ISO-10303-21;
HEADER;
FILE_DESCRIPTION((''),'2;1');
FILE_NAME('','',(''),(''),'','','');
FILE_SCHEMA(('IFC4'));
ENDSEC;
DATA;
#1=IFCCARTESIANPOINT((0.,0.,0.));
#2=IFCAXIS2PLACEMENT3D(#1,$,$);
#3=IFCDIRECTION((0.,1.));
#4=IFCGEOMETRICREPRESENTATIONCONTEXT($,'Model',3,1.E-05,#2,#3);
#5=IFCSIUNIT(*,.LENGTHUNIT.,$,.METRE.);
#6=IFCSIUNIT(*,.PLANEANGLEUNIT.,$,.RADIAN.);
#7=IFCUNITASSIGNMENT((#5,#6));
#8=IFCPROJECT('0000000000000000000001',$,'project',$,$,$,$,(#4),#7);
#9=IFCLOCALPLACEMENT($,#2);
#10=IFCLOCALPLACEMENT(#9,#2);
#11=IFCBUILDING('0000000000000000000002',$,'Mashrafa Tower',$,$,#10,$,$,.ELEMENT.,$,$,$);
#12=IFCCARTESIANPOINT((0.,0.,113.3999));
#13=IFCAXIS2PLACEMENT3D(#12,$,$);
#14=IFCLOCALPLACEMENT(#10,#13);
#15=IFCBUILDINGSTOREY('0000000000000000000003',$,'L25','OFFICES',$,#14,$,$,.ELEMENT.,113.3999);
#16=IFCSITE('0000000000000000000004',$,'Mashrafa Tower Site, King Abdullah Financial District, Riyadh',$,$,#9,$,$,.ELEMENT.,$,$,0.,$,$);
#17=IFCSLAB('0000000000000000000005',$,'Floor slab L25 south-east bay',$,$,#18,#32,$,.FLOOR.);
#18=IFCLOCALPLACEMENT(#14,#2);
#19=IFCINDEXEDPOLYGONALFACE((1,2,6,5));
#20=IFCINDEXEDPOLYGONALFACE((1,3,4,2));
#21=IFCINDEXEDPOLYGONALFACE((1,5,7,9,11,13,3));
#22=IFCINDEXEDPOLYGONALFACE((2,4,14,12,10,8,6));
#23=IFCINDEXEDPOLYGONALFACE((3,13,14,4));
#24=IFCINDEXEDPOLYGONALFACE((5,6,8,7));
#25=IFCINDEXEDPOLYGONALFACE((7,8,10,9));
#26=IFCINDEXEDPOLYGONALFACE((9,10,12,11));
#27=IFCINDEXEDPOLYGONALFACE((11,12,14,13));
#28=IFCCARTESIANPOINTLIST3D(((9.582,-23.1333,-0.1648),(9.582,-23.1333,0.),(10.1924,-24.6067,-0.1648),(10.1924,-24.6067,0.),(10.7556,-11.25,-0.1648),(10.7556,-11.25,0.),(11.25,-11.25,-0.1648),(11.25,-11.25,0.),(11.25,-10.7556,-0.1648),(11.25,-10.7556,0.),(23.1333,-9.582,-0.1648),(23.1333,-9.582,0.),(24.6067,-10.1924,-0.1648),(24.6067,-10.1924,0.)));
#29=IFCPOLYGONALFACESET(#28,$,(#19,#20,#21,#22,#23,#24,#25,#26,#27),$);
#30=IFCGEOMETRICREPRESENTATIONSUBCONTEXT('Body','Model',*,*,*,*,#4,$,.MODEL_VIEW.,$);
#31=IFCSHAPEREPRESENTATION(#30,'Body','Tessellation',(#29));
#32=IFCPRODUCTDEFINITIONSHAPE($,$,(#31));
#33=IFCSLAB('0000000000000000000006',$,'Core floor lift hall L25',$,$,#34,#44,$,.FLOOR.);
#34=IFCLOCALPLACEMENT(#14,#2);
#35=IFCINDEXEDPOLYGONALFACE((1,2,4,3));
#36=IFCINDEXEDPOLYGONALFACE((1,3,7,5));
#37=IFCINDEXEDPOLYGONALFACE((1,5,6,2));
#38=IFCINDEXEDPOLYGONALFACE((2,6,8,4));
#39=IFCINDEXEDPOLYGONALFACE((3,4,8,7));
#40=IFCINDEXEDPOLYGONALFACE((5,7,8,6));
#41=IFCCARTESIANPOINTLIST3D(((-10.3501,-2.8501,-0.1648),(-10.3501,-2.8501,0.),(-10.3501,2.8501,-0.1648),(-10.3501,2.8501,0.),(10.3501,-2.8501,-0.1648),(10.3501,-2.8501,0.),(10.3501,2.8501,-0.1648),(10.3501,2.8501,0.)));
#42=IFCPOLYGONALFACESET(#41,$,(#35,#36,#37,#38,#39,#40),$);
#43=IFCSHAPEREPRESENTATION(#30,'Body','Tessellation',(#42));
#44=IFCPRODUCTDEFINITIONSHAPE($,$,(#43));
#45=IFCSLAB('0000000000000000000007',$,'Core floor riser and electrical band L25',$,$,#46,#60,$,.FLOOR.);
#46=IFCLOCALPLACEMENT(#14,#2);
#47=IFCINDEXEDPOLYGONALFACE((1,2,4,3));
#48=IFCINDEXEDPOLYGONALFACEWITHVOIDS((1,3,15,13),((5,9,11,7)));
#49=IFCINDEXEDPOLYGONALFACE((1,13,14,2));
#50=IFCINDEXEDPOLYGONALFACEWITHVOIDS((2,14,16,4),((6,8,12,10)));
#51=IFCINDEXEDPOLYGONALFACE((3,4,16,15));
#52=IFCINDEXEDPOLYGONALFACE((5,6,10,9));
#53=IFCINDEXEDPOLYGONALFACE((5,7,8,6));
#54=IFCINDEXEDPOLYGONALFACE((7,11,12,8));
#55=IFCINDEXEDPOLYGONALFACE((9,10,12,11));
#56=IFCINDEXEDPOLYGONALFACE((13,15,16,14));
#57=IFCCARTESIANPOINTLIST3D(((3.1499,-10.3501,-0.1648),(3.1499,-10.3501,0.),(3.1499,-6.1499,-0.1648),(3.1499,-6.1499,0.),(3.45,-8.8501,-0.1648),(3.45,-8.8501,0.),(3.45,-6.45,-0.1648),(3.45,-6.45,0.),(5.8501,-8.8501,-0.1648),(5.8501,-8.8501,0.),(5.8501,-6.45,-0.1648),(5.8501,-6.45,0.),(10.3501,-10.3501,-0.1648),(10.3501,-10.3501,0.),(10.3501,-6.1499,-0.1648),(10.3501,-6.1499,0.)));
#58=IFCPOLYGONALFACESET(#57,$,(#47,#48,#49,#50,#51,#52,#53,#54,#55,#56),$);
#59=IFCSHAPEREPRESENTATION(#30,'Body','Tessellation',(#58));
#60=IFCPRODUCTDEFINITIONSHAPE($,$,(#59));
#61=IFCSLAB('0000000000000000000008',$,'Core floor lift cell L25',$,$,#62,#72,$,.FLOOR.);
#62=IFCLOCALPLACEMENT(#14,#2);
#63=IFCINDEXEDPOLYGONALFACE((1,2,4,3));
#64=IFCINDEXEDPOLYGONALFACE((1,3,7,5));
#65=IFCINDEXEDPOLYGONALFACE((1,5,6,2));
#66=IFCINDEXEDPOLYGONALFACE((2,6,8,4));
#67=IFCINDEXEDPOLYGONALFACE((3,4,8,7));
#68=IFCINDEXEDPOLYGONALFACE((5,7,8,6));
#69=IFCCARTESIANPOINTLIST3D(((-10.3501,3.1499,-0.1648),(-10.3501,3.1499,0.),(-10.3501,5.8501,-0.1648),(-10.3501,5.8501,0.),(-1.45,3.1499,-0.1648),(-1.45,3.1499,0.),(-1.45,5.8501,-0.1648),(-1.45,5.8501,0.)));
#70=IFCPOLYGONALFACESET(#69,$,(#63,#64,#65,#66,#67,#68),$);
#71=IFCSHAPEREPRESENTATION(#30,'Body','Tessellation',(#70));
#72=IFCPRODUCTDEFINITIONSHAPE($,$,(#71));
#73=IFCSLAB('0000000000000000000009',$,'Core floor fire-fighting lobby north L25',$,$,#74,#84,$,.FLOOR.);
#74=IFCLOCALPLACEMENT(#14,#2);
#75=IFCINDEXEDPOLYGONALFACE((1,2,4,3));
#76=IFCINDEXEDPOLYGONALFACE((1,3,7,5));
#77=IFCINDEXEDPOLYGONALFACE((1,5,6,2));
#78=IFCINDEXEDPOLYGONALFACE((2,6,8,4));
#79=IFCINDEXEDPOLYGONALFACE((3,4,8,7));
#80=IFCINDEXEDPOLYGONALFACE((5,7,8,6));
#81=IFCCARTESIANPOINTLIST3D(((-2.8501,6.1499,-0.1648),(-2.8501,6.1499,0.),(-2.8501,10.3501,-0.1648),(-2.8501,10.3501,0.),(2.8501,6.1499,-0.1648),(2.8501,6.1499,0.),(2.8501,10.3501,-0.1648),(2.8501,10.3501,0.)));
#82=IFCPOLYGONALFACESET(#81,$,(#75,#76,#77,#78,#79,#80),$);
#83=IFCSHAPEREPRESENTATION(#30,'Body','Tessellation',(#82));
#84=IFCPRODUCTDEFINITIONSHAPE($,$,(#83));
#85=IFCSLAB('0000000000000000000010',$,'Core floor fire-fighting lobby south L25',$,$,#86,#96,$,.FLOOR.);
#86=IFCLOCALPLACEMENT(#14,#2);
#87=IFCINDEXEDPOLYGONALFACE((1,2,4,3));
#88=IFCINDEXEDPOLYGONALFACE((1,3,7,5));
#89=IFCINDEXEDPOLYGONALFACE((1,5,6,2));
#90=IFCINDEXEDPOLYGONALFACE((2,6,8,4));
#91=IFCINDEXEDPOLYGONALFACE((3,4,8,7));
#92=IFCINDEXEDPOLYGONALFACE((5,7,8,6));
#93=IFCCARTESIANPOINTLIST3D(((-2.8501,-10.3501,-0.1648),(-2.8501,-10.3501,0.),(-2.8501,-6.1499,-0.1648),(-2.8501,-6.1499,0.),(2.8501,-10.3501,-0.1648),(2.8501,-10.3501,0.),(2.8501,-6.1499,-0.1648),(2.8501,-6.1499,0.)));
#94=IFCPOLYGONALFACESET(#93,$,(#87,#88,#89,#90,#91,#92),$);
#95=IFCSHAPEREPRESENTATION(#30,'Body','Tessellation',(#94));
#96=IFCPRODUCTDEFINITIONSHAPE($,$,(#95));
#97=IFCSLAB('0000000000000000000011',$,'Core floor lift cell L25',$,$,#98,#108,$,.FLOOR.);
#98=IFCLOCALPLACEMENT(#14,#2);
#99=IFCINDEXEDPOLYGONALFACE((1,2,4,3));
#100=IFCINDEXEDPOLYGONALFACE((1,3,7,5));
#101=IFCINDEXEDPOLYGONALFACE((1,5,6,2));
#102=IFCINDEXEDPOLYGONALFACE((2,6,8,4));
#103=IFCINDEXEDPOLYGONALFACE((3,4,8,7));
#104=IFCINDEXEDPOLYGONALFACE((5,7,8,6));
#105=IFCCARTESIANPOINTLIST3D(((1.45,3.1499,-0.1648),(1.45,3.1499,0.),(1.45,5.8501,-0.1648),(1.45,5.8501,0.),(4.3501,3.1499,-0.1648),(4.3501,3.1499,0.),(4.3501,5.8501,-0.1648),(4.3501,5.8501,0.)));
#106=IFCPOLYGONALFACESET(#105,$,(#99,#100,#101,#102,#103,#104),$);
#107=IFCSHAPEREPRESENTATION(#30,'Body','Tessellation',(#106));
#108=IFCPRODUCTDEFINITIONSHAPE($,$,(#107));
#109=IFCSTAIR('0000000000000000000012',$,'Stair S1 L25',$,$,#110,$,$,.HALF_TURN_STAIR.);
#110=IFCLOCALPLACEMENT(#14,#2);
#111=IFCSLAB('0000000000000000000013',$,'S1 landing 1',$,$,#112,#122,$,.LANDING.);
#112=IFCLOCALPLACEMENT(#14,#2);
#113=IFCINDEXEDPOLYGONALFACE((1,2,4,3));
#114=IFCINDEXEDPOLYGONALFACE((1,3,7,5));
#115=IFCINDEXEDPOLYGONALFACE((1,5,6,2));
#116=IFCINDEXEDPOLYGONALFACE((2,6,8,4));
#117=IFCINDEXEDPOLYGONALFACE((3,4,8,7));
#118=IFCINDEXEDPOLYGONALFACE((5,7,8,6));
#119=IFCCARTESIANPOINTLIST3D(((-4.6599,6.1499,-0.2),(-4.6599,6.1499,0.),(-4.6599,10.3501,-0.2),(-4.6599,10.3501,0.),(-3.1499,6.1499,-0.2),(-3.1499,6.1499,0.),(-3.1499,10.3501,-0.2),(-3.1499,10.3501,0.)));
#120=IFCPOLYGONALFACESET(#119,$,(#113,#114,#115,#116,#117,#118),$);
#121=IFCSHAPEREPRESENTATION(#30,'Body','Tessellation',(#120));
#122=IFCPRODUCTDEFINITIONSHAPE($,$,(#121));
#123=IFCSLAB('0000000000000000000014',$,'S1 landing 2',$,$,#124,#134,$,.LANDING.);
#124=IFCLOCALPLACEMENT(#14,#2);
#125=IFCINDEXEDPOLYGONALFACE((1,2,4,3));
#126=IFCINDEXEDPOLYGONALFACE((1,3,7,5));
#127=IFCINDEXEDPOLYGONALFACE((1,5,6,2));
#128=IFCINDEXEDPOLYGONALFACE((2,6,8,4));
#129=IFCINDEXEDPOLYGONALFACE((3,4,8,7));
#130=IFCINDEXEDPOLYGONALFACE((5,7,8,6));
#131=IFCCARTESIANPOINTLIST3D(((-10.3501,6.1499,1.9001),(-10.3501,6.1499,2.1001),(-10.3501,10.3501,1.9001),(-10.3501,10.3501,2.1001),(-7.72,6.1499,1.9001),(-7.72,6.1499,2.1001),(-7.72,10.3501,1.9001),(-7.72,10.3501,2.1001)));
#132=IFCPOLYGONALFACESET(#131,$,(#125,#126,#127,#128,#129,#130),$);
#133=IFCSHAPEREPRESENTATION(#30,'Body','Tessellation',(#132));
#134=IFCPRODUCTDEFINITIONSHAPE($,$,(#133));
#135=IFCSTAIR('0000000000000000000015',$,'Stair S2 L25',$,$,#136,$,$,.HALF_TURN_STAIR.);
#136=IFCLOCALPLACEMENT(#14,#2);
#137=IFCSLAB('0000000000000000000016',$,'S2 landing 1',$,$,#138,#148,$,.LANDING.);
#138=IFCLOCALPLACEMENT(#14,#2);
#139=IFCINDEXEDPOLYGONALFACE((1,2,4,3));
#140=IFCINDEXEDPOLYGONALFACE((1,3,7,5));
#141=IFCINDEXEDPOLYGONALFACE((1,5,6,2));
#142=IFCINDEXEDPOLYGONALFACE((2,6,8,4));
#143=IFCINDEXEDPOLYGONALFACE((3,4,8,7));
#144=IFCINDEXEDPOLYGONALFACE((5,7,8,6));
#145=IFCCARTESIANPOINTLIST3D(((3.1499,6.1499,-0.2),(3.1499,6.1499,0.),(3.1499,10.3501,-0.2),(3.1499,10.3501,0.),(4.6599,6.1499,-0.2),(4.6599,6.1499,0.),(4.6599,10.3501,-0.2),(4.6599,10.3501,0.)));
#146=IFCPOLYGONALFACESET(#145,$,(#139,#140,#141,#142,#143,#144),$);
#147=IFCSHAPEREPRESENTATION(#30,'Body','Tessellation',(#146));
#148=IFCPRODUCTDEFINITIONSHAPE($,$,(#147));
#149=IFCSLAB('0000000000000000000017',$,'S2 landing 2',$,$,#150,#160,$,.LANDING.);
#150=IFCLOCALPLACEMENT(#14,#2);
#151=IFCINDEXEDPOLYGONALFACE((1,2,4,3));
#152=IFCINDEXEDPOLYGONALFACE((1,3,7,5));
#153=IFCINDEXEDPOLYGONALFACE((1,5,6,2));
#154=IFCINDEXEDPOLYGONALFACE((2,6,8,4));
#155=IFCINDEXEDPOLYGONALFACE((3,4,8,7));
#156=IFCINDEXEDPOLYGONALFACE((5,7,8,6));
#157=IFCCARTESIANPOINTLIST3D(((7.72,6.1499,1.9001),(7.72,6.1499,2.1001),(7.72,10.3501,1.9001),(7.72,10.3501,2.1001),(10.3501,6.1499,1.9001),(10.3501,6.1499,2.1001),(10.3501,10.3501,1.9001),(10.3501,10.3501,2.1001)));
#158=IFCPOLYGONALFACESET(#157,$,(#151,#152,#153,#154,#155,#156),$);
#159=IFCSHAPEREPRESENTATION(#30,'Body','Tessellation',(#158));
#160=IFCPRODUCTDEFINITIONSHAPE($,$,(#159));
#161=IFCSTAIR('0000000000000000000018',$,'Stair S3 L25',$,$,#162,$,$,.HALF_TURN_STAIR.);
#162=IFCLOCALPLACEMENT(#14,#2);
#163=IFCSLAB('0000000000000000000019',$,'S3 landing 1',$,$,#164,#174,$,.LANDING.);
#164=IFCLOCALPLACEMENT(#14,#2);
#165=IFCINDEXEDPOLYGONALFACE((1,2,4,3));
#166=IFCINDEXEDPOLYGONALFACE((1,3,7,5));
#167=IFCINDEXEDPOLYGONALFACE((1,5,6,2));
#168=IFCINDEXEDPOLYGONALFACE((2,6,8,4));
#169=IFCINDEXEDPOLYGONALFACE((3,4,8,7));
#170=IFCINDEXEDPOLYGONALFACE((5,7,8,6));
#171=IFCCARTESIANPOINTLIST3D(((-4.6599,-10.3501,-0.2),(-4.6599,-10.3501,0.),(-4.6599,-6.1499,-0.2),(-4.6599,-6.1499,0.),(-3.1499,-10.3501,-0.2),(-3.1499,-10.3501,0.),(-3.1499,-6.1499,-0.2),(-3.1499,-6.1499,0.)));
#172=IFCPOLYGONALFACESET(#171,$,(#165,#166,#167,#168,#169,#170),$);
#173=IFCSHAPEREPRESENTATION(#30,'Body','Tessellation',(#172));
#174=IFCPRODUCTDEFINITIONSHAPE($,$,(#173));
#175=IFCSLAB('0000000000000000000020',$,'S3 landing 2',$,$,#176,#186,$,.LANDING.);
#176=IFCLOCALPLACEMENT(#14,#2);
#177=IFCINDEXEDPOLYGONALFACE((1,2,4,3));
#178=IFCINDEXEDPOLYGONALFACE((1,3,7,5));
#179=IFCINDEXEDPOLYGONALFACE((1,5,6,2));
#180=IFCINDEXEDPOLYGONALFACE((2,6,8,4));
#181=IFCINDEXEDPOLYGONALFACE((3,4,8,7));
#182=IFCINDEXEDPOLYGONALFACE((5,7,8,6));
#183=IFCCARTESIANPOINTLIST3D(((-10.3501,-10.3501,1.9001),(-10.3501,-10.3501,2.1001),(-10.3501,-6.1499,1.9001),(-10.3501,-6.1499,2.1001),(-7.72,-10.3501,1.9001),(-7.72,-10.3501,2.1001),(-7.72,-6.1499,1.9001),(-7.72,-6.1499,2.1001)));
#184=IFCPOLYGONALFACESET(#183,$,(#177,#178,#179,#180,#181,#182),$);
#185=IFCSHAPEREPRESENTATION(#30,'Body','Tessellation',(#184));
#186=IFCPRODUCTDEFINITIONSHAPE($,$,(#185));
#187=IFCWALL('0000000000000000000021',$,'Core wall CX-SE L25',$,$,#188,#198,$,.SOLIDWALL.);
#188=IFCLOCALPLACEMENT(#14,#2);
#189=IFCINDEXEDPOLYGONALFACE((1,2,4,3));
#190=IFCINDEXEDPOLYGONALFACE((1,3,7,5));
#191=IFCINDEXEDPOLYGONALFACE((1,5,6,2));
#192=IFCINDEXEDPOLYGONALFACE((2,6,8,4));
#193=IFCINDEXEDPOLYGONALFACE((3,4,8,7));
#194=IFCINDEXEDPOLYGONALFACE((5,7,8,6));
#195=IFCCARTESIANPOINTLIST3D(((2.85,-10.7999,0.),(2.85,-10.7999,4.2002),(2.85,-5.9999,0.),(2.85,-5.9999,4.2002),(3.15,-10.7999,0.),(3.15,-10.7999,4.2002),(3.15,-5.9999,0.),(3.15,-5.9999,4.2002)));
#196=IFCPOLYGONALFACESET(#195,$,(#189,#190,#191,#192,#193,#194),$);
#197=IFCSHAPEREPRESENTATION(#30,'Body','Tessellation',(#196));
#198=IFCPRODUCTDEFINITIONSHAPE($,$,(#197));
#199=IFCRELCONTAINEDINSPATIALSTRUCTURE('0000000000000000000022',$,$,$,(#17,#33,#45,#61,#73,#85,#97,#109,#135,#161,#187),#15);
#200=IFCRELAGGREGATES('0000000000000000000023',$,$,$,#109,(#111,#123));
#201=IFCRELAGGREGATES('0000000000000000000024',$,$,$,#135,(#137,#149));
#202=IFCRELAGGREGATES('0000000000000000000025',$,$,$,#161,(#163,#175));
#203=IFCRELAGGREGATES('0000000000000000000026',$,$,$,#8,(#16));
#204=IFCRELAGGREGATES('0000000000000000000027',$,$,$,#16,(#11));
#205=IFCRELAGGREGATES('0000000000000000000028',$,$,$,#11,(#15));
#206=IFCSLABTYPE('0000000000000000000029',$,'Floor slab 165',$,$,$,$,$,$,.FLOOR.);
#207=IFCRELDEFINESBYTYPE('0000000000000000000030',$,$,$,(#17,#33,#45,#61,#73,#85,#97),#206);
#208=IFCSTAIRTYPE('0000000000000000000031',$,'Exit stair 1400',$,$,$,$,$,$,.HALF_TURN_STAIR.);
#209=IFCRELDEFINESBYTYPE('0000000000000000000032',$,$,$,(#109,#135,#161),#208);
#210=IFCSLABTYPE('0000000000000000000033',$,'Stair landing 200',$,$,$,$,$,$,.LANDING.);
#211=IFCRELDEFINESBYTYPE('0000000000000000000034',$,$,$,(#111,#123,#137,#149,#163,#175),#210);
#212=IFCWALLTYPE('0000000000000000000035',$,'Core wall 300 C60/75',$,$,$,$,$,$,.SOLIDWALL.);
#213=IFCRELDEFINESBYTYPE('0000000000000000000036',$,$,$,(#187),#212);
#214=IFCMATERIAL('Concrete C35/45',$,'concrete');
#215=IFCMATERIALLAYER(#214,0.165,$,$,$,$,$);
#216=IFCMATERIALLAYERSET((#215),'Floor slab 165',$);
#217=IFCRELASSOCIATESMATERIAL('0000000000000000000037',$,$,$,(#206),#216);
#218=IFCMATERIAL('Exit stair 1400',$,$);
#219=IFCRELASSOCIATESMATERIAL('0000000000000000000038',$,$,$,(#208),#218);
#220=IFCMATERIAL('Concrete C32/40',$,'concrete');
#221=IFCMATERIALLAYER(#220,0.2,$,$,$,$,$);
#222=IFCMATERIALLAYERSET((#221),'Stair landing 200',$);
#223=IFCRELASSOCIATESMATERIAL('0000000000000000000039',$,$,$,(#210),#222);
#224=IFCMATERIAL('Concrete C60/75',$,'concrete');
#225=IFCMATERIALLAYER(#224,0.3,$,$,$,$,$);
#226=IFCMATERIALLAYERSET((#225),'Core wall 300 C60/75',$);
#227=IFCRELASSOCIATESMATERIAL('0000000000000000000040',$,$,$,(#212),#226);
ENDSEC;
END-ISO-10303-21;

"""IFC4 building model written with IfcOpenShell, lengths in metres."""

from ifc_helpers import new_model, si_unit, direction, frame, frame_2d, origin, place, context, subcontext, project, spatial, polyline, rectangle, outline, extrude, material, layer, layer_set, type_object, element, aggregate, save


model = new_model("IFC4")

# Units and contexts
model_context = context("Model", 3, precision=1e-05, world=origin(), true_north=direction((0.0, 1.0)))
body_context = subcontext(model_context, "Body", "Model", "MODEL_VIEW")
ifc_project = project(units=[si_unit("LENGTHUNIT", "METRE"), si_unit("PLANEANGLEUNIT", "RADIAN")], contexts=[model_context])

# Site, building, storey
site_placement = place(None, origin())
site = spatial("IfcSite", under=ifc_project, at=site_placement, Name="Mashrafa Tower Site, King Abdullah Financial District, Riyadh", CompositionType="ELEMENT", RefElevation=0.0)
building_placement = place(site_placement, origin())
building = spatial("IfcBuilding", under=site, at=building_placement, Name="Mashrafa Tower", CompositionType="ELEMENT")
storey_placement = place(building_placement, frame((0.0, 0.0, 113.3999)))
storey = spatial("IfcBuildingStorey", under=building, at=storey_placement, Name="L25", Description="OFFICES", CompositionType="ELEMENT", Elevation=113.3999)

# Slabs
ifc_material_1 = material(Name="Concrete C35/45", Category="concrete")
ifc_layer_1 = layer(ifc_material_1, 0.165)
ifc_layer_set_1 = layer_set([ifc_layer_1], Name="Floor slab 165")
slab_type_1 = type_object("IfcSlabType", Name="Floor slab 165", PredefinedType="FLOOR", material=ifc_layer_set_1)
slab_1_placement = place(storey_placement, frame((0.0, 0.0, -0.1648)))
element("IfcSlab", 1, at=slab_1_placement, inside=storey, type_object=slab_type_1, Name="Floor slab L25 south-east bay", PredefinedType="FLOOR", context=body_context, shape_type="SweptSolid", body=[
    extrude(outline(polyline([(10.1924, -24.6067), (9.582, -23.1333), (10.7556, -11.25), (11.25, -11.25), (11.25, -10.7556), (23.1333, -9.582), (24.6067, -10.1924), (24.6067, -10.1924), (10.1924, -24.6067), (10.1924, -24.6067)])), origin(), (0.0, 0.0, 1.0), 0.1648),
])
slab_2_placement = place(storey_placement, frame((0.0, 0.0, -0.1648)))
element("IfcSlab", 2, at=slab_2_placement, inside=storey, type_object=slab_type_1, Name="Core floor lift hall L25", PredefinedType="FLOOR", context=body_context, shape_type="SweptSolid", body=[
    extrude(outline(polyline([(-10.3501, 2.8501), (10.3501, 2.8501), (10.3501, -2.8501), (-10.3501, -2.8501), (-10.3501, 2.8501)])), origin(), (0.0, 0.0, 1.0), 0.1648),
])
slab_3_placement = place(storey_placement, frame((0.0, 0.0, -0.1648)))
element("IfcSlab", 3, at=slab_3_placement, inside=storey, type_object=slab_type_1, Name="Core floor riser and electrical band L25", PredefinedType="FLOOR", context=body_context, shape_type="SweptSolid", body=[
    extrude(outline(polyline([(10.3501, -6.1499), (10.3501, -10.3501), (3.1499, -10.3501), (3.1499, -6.1499), (10.3501, -6.1499)]), holes=[polyline([(3.45, -8.8501), (5.8501, -8.8501), (5.8501, -6.45), (3.45, -6.45), (3.45, -8.8501)])]), origin(), (0.0, 0.0, 1.0), 0.1648),
])
slab_4_placement = place(storey_placement, frame((0.0, 0.0, -0.1648)))
element("IfcSlab", 4, at=slab_4_placement, inside=storey, type_object=slab_type_1, Name="Core floor lift cell L25", PredefinedType="FLOOR", context=body_context, shape_type="SweptSolid", body=[
    extrude(outline(polyline([(-1.45, 3.1499), (-10.3501, 3.1499), (-10.3501, 5.8501), (-1.45, 5.8501), (-1.45, 3.1499)])), origin(), (0.0, 0.0, 1.0), 0.1648),
])
slab_5_placement = place(storey_placement, frame((0.0, 0.0, -0.1648)))
element("IfcSlab", 5, at=slab_5_placement, inside=storey, type_object=slab_type_1, Name="Core floor fire-fighting lobby north L25", PredefinedType="FLOOR", context=body_context, shape_type="SweptSolid", body=[
    extrude(outline(polyline([(-2.8501, 10.3501), (2.8501, 10.3501), (2.8501, 6.1499), (-2.8501, 6.1499), (-2.8501, 10.3501)])), origin(), (0.0, 0.0, 1.0), 0.1648),
])
slab_6_placement = place(storey_placement, frame((0.0, 0.0, -0.1648)))
element("IfcSlab", 6, at=slab_6_placement, inside=storey, type_object=slab_type_1, Name="Core floor fire-fighting lobby south L25", PredefinedType="FLOOR", context=body_context, shape_type="SweptSolid", body=[
    extrude(outline(polyline([(2.8501, -6.1499), (2.8501, -10.3501), (-2.8501, -10.3501), (-2.8501, -6.1499), (2.8501, -6.1499)])), origin(), (0.0, 0.0, 1.0), 0.1648),
])
slab_7_placement = place(storey_placement, frame((0.0, 0.0, -0.1648)))
element("IfcSlab", 7, at=slab_7_placement, inside=storey, type_object=slab_type_1, Name="Core floor lift cell L25", PredefinedType="FLOOR", context=body_context, shape_type="SweptSolid", body=[
    extrude(outline(polyline([(4.3501, 5.8501), (4.3501, 3.1499), (1.45, 3.1499), (1.45, 5.8501), (4.3501, 5.8501)])), origin(), (0.0, 0.0, 1.0), 0.1648),
])

# Stairs, slabs
ifc_material_2 = material(Name="Exit stair 1400")
stair_type = type_object("IfcStairType", Name="Exit stair 1400", PredefinedType="HALF_TURN_STAIR", material=ifc_material_2)
stair_1_placement = place(storey_placement, origin())
stair_1 = element("IfcStair", 8, at=stair_1_placement, inside=storey, type_object=stair_type, Name="Stair S1 L25", PredefinedType="HALF_TURN_STAIR")
ifc_material_3 = material(Name="Concrete C32/40", Category="concrete")
ifc_layer_2 = layer(ifc_material_3, 0.2)
ifc_layer_set_2 = layer_set([ifc_layer_2], Name="Stair landing 200")
slab_type_2 = type_object("IfcSlabType", Name="Stair landing 200", PredefinedType="LANDING", material=ifc_layer_set_2)
slab_8_placement = place(storey_placement, frame((0.0, 0.0, -0.2)))
slab_8 = element("IfcSlab", 9, at=slab_8_placement, type_object=slab_type_2, Name="S1 landing 1", PredefinedType="LANDING", context=body_context, shape_type="SweptSolid", body=[
    extrude(outline(polyline([(-4.6599, 6.1499), (-3.1499, 6.1499), (-3.1499, 10.3501), (-4.6599, 10.3501), (-4.6599, 6.1499)])), origin(), (0.0, 0.0, 1.0), 0.2),
])
slab_9_placement = place(storey_placement, frame((0.0, 0.0, 1.9001)))
slab_9 = element("IfcSlab", 10, at=slab_9_placement, type_object=slab_type_2, Name="S1 landing 2", PredefinedType="LANDING", context=body_context, shape_type="SweptSolid", body=[
    extrude(outline(polyline([(-10.3501, 6.1499), (-7.72, 6.1499), (-7.72, 10.3501), (-10.3501, 10.3501), (-10.3501, 6.1499)])), origin(), (0.0, 0.0, 1.0), 0.2),
])
aggregate(stair_1, [slab_8, slab_9])
stair_2_placement = place(storey_placement, origin())
stair_2 = element("IfcStair", 11, at=stair_2_placement, inside=storey, type_object=stair_type, Name="Stair S2 L25", PredefinedType="HALF_TURN_STAIR")
slab_10_placement = place(storey_placement, frame((0.0, 0.0, -0.2)))
slab_10 = element("IfcSlab", 12, at=slab_10_placement, type_object=slab_type_2, Name="S2 landing 1", PredefinedType="LANDING", context=body_context, shape_type="SweptSolid", body=[
    extrude(outline(polyline([(3.1499, 6.1499), (4.6599, 6.1499), (4.6599, 10.3501), (3.1499, 10.3501), (3.1499, 6.1499)])), origin(), (0.0, 0.0, 1.0), 0.2),
])
slab_11_placement = place(storey_placement, frame((0.0, 0.0, 1.9001)))
slab_11 = element("IfcSlab", 13, at=slab_11_placement, type_object=slab_type_2, Name="S2 landing 2", PredefinedType="LANDING", context=body_context, shape_type="SweptSolid", body=[
    extrude(outline(polyline([(7.72, 6.1499), (10.3501, 6.1499), (10.3501, 10.3501), (7.72, 10.3501), (7.72, 6.1499)])), origin(), (0.0, 0.0, 1.0), 0.2),
])
aggregate(stair_2, [slab_10, slab_11])
stair_3_placement = place(storey_placement, origin())
stair_3 = element("IfcStair", 14, at=stair_3_placement, inside=storey, type_object=stair_type, Name="Stair S3 L25", PredefinedType="HALF_TURN_STAIR")
slab_12_placement = place(storey_placement, frame((0.0, 0.0, -0.2)))
slab_12 = element("IfcSlab", 15, at=slab_12_placement, type_object=slab_type_2, Name="S3 landing 1", PredefinedType="LANDING", context=body_context, shape_type="SweptSolid", body=[
    extrude(outline(polyline([(-4.6599, -10.3501), (-3.1499, -10.3501), (-3.1499, -6.1499), (-4.6599, -6.1499), (-4.6599, -10.3501)])), origin(), (0.0, 0.0, 1.0), 0.2),
])
slab_13_placement = place(storey_placement, frame((0.0, 0.0, 1.9001)))
slab_13 = element("IfcSlab", 16, at=slab_13_placement, type_object=slab_type_2, Name="S3 landing 2", PredefinedType="LANDING", context=body_context, shape_type="SweptSolid", body=[
    extrude(outline(polyline([(-10.3501, -10.3501), (-7.72, -10.3501), (-7.72, -6.1499), (-10.3501, -6.1499), (-10.3501, -10.3501)])), origin(), (0.0, 0.0, 1.0), 0.2),
])
aggregate(stair_3, [slab_12, slab_13])

# Wall
ifc_material_4 = material(Name="Concrete C60/75", Category="concrete")
ifc_layer_3 = layer(ifc_material_4, 0.3)
ifc_layer_set_3 = layer_set([ifc_layer_3], Name="Core wall 300 C60/75")
wall_type_1 = type_object("IfcWallType", Name="Core wall 300 C60/75", PredefinedType="SOLIDWALL", material=ifc_layer_set_3)
wall_placement = place(storey_placement, frame((3.0, -6.0, 0.0), z_axis=(0.0, 0.0, 1.0), x_axis=(0.0, -1.0, 0.0)))
element("IfcWall", 17, at=wall_placement, inside=storey, type_object=wall_type_1, Name="Core wall CX-SE L25", PredefinedType="SOLIDWALL", context=body_context, shape_type="SweptSolid", body=[
    extrude(rectangle(XDim=4.8, YDim=0.3, at=frame_2d((2.3999, 0.0))), origin(), (0.0, 0.0, 1.0), 4.2002),
])

save(model, "model.ifc")
